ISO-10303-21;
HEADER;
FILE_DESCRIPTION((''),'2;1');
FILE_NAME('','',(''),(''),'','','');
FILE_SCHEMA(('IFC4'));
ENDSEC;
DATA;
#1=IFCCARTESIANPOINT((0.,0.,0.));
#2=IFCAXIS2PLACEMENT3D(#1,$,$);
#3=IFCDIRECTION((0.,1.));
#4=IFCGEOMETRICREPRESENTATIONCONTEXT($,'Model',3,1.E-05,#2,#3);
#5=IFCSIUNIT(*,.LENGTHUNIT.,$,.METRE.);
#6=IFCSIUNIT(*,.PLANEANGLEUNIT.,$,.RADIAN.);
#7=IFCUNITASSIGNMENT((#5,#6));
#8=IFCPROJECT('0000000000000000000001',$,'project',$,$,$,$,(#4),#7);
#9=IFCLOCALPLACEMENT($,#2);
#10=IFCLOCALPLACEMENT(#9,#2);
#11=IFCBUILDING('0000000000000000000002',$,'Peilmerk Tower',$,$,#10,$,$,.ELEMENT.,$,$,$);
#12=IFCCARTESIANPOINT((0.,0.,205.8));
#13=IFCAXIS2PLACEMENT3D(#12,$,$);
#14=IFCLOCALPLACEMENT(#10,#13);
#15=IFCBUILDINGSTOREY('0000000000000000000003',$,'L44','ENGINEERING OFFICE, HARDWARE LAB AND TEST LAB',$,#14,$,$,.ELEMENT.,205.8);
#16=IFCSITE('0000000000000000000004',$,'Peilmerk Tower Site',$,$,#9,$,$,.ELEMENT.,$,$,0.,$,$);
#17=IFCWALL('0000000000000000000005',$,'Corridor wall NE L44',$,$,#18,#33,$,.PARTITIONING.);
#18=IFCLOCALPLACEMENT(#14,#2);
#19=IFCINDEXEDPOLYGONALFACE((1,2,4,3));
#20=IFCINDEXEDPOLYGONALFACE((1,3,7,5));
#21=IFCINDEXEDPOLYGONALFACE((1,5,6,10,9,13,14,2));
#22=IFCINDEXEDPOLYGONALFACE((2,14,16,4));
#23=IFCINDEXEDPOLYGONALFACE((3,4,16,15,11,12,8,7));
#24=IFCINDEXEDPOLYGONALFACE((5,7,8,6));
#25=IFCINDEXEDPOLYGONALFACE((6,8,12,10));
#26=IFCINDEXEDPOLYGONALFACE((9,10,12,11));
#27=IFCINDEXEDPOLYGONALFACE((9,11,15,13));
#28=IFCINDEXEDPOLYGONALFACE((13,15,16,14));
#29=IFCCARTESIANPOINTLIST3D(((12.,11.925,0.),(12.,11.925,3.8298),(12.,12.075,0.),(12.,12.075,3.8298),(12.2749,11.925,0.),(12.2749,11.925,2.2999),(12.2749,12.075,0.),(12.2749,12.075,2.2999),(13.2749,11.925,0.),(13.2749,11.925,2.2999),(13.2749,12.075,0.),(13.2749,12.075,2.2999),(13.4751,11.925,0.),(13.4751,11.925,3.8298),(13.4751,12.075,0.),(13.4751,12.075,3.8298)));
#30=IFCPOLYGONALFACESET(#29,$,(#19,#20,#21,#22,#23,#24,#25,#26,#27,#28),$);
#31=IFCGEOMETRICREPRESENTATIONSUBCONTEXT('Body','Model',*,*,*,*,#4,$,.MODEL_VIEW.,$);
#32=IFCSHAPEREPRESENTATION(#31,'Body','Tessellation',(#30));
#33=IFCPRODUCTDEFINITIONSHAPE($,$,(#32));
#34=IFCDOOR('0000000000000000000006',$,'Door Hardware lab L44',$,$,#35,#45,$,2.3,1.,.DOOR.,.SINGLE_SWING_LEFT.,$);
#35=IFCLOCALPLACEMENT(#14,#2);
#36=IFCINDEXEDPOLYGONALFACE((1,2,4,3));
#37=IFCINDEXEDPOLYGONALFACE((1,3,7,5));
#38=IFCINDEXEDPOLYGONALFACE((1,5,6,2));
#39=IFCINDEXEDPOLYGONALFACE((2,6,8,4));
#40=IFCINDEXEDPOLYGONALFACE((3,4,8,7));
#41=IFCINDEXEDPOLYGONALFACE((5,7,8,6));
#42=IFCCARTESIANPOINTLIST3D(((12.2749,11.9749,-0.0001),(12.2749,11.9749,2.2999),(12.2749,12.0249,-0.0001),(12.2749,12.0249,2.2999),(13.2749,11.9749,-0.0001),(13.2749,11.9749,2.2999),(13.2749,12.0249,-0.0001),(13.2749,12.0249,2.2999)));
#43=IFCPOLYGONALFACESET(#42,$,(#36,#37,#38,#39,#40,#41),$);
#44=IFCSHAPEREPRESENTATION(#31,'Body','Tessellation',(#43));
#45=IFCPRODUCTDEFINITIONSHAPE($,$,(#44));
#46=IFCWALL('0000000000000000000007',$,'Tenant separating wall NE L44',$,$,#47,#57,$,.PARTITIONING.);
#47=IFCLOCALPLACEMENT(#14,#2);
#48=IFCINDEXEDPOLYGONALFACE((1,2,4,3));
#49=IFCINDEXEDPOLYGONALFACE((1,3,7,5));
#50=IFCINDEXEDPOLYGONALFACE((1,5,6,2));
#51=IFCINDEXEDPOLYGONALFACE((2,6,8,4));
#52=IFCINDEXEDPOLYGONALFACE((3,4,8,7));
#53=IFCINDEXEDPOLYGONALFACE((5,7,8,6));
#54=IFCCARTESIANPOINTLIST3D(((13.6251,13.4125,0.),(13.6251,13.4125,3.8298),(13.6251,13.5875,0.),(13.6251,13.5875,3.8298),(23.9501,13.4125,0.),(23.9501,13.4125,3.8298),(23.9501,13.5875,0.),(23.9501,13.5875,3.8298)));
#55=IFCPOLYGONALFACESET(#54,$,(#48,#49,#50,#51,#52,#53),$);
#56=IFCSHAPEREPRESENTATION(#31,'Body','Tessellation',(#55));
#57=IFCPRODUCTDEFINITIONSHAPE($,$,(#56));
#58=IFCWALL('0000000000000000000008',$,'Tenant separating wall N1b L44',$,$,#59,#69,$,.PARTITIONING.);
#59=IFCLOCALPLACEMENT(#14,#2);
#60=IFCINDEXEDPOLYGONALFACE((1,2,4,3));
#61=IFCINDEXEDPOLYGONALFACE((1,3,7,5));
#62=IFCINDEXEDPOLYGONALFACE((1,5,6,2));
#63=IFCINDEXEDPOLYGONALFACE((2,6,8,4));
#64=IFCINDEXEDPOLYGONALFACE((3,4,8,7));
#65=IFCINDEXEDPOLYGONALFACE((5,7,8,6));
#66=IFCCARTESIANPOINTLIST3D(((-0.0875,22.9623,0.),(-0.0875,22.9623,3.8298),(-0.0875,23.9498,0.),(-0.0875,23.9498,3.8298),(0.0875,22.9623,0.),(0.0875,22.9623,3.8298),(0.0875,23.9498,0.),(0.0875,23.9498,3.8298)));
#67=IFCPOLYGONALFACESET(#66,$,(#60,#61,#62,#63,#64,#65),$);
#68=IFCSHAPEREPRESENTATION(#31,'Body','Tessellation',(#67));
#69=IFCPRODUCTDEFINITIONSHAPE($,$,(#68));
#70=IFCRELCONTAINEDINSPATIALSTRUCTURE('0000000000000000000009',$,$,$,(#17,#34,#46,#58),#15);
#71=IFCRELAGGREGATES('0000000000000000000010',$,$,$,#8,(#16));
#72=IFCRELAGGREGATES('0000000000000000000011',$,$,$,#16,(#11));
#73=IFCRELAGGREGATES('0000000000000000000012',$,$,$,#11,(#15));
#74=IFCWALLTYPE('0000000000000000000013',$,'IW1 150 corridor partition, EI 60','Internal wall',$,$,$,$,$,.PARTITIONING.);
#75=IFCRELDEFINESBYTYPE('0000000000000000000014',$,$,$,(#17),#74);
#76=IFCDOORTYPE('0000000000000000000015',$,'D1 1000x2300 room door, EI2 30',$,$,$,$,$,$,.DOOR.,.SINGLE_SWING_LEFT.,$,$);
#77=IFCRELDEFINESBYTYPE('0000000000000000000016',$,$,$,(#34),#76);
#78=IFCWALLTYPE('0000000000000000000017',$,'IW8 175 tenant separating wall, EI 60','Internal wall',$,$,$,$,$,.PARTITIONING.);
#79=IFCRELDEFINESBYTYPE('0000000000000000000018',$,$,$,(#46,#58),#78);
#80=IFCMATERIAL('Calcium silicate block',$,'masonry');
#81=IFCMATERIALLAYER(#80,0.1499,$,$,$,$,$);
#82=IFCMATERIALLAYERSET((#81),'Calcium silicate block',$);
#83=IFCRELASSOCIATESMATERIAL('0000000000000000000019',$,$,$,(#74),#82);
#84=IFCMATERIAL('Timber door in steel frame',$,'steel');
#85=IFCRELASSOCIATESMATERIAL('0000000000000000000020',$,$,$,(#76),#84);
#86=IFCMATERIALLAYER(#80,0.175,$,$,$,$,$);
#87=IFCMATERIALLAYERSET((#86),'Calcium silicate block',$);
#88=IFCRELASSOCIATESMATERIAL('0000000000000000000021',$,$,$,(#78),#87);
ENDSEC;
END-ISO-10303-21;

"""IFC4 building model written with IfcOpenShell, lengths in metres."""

from ifc_helpers import new_model, si_unit, direction, frame, frame_2d, origin, place, context, subcontext, project, spatial, rectangle, extrude, material, layer, layer_set, type_object, element, fill, save


model = new_model("IFC4")

# Units and contexts
model_context = context("Model", 3, precision=1e-05, world=origin(), true_north=direction((0.0, 1.0)))
body_context = subcontext(model_context, "Body", "Model", "MODEL_VIEW")
ifc_project = project(units=[si_unit("LENGTHUNIT", "METRE"), si_unit("PLANEANGLEUNIT", "RADIAN")], contexts=[model_context])

# Site, building, storey
site_placement = place(None, origin())
site = spatial("IfcSite", under=ifc_project, at=site_placement, Name="Peilmerk Tower Site", CompositionType="ELEMENT", RefElevation=0.0)
building_placement = place(site_placement, origin())
building = spatial("IfcBuilding", under=site, at=building_placement, Name="Peilmerk Tower", CompositionType="ELEMENT")
storey_placement = place(building_placement, frame((0.0, 0.0, 205.8)))
storey = spatial("IfcBuildingStorey", under=building, at=storey_placement, Name="L44", Description="ENGINEERING OFFICE, HARDWARE LAB AND TEST LAB", CompositionType="ELEMENT", Elevation=205.8)

# Wall, opening, door
ifc_material_1 = material(Name="Calcium silicate block", Category="masonry")
ifc_layer_1 = layer(ifc_material_1, 0.1499)
ifc_layer_set_1 = layer_set([ifc_layer_1], Name="Calcium silicate block")
wall_type_1 = type_object("IfcWallType", Name="IW1 150 corridor partition, EI 60", Description="Internal wall", PredefinedType="PARTITIONING", material=ifc_layer_set_1)
wall_1_placement = place(storey_placement, frame((12.0, 12.0, 0.0), z_axis=(0.0, 0.0, 1.0), x_axis=(1.0, 0.0, 0.0)))
wall_1 = element("IfcWall", 1, at=wall_1_placement, inside=storey, type_object=wall_type_1, Name="Corridor wall NE L44", PredefinedType="PARTITIONING", context=body_context, shape_type="SweptSolid", body=[
    extrude(rectangle(XDim=1.4751, YDim=0.1499, at=frame_2d((0.7375, 0.0))), origin(), (0.0, 0.0, 1.0), 3.8298),
])
opening_placement = place(wall_1_placement, frame((0.2749, 0.0, 0.0)))
opening = element("IfcOpeningElement", 2, at=opening_placement, cuts=wall_1, PredefinedType="OPENING", context=body_context, shape_type="SweptSolid", body=[
    extrude(rectangle(XDim=1.0, YDim=2.3, at=frame_2d((0.5, 1.1499))), frame((0.0, 0.085, 0.0), z_axis=(0.0, -1.0, 0.0), x_axis=(1.0, 0.0, 0.0)), (0.0, 0.0, 1.0), 0.1699),
])
ifc_material_2 = material(Name="Timber door in steel frame", Category="steel")
door_type = type_object("IfcDoorType", Name="D1 1000x2300 room door, EI2 30", OperationType="SINGLE_SWING_LEFT", PredefinedType="DOOR", material=ifc_material_2)
door_placement = place(opening_placement, origin())
door = element("IfcDoor", 3, at=door_placement, inside=storey, type_object=door_type, Name="Door Hardware lab L44", OperationType="SINGLE_SWING_LEFT", OverallHeight=2.3, OverallWidth=1.0, PredefinedType="DOOR", context=body_context, shape_type="SweptSolid", body=[
    extrude(rectangle(XDim=1.0, YDim=2.3, at=frame_2d((0.5, 1.1499))), frame((0.0, 0.0249, 0.0), z_axis=(0.0, -1.0, 0.0), x_axis=(1.0, 0.0, 0.0)), (0.0, 0.0, 1.0), 0.05),
])
fill(opening, door)

# Walls
ifc_layer_2 = layer(ifc_material_1, 0.175)
ifc_layer_set_2 = layer_set([ifc_layer_2], Name="Calcium silicate block")
wall_type_2 = type_object("IfcWallType", Name="IW8 175 tenant separating wall, EI 60", Description="Internal wall", PredefinedType="PARTITIONING", material=ifc_layer_set_2)
wall_2_placement = place(storey_placement, frame((13.625, 13.5, 0.0), z_axis=(0.0, 0.0, 1.0), x_axis=(1.0, 0.0, 0.0)))
element("IfcWall", 4, at=wall_2_placement, inside=storey, type_object=wall_type_2, Name="Tenant separating wall NE L44", PredefinedType="PARTITIONING", context=body_context, shape_type="SweptSolid", body=[
    extrude(rectangle(XDim=10.325, YDim=0.175, at=frame_2d((5.1626, 0.0))), origin(), (0.0, 0.0, 1.0), 3.8298),
])
wall_3_placement = place(storey_placement, frame((0.0, 22.9624, 0.0), z_axis=(0.0, 0.0, 1.0), x_axis=(0.0, 1.0, 0.0)))
element("IfcWall", 5, at=wall_3_placement, inside=storey, type_object=wall_type_2, Name="Tenant separating wall N1b L44", PredefinedType="PARTITIONING", context=body_context, shape_type="SweptSolid", body=[
    extrude(rectangle(XDim=0.9875, YDim=0.175, at=frame_2d((0.4937, 0.0))), origin(), (0.0, 0.0, 1.0), 3.8298),
])

save(model, "model.ifc")
